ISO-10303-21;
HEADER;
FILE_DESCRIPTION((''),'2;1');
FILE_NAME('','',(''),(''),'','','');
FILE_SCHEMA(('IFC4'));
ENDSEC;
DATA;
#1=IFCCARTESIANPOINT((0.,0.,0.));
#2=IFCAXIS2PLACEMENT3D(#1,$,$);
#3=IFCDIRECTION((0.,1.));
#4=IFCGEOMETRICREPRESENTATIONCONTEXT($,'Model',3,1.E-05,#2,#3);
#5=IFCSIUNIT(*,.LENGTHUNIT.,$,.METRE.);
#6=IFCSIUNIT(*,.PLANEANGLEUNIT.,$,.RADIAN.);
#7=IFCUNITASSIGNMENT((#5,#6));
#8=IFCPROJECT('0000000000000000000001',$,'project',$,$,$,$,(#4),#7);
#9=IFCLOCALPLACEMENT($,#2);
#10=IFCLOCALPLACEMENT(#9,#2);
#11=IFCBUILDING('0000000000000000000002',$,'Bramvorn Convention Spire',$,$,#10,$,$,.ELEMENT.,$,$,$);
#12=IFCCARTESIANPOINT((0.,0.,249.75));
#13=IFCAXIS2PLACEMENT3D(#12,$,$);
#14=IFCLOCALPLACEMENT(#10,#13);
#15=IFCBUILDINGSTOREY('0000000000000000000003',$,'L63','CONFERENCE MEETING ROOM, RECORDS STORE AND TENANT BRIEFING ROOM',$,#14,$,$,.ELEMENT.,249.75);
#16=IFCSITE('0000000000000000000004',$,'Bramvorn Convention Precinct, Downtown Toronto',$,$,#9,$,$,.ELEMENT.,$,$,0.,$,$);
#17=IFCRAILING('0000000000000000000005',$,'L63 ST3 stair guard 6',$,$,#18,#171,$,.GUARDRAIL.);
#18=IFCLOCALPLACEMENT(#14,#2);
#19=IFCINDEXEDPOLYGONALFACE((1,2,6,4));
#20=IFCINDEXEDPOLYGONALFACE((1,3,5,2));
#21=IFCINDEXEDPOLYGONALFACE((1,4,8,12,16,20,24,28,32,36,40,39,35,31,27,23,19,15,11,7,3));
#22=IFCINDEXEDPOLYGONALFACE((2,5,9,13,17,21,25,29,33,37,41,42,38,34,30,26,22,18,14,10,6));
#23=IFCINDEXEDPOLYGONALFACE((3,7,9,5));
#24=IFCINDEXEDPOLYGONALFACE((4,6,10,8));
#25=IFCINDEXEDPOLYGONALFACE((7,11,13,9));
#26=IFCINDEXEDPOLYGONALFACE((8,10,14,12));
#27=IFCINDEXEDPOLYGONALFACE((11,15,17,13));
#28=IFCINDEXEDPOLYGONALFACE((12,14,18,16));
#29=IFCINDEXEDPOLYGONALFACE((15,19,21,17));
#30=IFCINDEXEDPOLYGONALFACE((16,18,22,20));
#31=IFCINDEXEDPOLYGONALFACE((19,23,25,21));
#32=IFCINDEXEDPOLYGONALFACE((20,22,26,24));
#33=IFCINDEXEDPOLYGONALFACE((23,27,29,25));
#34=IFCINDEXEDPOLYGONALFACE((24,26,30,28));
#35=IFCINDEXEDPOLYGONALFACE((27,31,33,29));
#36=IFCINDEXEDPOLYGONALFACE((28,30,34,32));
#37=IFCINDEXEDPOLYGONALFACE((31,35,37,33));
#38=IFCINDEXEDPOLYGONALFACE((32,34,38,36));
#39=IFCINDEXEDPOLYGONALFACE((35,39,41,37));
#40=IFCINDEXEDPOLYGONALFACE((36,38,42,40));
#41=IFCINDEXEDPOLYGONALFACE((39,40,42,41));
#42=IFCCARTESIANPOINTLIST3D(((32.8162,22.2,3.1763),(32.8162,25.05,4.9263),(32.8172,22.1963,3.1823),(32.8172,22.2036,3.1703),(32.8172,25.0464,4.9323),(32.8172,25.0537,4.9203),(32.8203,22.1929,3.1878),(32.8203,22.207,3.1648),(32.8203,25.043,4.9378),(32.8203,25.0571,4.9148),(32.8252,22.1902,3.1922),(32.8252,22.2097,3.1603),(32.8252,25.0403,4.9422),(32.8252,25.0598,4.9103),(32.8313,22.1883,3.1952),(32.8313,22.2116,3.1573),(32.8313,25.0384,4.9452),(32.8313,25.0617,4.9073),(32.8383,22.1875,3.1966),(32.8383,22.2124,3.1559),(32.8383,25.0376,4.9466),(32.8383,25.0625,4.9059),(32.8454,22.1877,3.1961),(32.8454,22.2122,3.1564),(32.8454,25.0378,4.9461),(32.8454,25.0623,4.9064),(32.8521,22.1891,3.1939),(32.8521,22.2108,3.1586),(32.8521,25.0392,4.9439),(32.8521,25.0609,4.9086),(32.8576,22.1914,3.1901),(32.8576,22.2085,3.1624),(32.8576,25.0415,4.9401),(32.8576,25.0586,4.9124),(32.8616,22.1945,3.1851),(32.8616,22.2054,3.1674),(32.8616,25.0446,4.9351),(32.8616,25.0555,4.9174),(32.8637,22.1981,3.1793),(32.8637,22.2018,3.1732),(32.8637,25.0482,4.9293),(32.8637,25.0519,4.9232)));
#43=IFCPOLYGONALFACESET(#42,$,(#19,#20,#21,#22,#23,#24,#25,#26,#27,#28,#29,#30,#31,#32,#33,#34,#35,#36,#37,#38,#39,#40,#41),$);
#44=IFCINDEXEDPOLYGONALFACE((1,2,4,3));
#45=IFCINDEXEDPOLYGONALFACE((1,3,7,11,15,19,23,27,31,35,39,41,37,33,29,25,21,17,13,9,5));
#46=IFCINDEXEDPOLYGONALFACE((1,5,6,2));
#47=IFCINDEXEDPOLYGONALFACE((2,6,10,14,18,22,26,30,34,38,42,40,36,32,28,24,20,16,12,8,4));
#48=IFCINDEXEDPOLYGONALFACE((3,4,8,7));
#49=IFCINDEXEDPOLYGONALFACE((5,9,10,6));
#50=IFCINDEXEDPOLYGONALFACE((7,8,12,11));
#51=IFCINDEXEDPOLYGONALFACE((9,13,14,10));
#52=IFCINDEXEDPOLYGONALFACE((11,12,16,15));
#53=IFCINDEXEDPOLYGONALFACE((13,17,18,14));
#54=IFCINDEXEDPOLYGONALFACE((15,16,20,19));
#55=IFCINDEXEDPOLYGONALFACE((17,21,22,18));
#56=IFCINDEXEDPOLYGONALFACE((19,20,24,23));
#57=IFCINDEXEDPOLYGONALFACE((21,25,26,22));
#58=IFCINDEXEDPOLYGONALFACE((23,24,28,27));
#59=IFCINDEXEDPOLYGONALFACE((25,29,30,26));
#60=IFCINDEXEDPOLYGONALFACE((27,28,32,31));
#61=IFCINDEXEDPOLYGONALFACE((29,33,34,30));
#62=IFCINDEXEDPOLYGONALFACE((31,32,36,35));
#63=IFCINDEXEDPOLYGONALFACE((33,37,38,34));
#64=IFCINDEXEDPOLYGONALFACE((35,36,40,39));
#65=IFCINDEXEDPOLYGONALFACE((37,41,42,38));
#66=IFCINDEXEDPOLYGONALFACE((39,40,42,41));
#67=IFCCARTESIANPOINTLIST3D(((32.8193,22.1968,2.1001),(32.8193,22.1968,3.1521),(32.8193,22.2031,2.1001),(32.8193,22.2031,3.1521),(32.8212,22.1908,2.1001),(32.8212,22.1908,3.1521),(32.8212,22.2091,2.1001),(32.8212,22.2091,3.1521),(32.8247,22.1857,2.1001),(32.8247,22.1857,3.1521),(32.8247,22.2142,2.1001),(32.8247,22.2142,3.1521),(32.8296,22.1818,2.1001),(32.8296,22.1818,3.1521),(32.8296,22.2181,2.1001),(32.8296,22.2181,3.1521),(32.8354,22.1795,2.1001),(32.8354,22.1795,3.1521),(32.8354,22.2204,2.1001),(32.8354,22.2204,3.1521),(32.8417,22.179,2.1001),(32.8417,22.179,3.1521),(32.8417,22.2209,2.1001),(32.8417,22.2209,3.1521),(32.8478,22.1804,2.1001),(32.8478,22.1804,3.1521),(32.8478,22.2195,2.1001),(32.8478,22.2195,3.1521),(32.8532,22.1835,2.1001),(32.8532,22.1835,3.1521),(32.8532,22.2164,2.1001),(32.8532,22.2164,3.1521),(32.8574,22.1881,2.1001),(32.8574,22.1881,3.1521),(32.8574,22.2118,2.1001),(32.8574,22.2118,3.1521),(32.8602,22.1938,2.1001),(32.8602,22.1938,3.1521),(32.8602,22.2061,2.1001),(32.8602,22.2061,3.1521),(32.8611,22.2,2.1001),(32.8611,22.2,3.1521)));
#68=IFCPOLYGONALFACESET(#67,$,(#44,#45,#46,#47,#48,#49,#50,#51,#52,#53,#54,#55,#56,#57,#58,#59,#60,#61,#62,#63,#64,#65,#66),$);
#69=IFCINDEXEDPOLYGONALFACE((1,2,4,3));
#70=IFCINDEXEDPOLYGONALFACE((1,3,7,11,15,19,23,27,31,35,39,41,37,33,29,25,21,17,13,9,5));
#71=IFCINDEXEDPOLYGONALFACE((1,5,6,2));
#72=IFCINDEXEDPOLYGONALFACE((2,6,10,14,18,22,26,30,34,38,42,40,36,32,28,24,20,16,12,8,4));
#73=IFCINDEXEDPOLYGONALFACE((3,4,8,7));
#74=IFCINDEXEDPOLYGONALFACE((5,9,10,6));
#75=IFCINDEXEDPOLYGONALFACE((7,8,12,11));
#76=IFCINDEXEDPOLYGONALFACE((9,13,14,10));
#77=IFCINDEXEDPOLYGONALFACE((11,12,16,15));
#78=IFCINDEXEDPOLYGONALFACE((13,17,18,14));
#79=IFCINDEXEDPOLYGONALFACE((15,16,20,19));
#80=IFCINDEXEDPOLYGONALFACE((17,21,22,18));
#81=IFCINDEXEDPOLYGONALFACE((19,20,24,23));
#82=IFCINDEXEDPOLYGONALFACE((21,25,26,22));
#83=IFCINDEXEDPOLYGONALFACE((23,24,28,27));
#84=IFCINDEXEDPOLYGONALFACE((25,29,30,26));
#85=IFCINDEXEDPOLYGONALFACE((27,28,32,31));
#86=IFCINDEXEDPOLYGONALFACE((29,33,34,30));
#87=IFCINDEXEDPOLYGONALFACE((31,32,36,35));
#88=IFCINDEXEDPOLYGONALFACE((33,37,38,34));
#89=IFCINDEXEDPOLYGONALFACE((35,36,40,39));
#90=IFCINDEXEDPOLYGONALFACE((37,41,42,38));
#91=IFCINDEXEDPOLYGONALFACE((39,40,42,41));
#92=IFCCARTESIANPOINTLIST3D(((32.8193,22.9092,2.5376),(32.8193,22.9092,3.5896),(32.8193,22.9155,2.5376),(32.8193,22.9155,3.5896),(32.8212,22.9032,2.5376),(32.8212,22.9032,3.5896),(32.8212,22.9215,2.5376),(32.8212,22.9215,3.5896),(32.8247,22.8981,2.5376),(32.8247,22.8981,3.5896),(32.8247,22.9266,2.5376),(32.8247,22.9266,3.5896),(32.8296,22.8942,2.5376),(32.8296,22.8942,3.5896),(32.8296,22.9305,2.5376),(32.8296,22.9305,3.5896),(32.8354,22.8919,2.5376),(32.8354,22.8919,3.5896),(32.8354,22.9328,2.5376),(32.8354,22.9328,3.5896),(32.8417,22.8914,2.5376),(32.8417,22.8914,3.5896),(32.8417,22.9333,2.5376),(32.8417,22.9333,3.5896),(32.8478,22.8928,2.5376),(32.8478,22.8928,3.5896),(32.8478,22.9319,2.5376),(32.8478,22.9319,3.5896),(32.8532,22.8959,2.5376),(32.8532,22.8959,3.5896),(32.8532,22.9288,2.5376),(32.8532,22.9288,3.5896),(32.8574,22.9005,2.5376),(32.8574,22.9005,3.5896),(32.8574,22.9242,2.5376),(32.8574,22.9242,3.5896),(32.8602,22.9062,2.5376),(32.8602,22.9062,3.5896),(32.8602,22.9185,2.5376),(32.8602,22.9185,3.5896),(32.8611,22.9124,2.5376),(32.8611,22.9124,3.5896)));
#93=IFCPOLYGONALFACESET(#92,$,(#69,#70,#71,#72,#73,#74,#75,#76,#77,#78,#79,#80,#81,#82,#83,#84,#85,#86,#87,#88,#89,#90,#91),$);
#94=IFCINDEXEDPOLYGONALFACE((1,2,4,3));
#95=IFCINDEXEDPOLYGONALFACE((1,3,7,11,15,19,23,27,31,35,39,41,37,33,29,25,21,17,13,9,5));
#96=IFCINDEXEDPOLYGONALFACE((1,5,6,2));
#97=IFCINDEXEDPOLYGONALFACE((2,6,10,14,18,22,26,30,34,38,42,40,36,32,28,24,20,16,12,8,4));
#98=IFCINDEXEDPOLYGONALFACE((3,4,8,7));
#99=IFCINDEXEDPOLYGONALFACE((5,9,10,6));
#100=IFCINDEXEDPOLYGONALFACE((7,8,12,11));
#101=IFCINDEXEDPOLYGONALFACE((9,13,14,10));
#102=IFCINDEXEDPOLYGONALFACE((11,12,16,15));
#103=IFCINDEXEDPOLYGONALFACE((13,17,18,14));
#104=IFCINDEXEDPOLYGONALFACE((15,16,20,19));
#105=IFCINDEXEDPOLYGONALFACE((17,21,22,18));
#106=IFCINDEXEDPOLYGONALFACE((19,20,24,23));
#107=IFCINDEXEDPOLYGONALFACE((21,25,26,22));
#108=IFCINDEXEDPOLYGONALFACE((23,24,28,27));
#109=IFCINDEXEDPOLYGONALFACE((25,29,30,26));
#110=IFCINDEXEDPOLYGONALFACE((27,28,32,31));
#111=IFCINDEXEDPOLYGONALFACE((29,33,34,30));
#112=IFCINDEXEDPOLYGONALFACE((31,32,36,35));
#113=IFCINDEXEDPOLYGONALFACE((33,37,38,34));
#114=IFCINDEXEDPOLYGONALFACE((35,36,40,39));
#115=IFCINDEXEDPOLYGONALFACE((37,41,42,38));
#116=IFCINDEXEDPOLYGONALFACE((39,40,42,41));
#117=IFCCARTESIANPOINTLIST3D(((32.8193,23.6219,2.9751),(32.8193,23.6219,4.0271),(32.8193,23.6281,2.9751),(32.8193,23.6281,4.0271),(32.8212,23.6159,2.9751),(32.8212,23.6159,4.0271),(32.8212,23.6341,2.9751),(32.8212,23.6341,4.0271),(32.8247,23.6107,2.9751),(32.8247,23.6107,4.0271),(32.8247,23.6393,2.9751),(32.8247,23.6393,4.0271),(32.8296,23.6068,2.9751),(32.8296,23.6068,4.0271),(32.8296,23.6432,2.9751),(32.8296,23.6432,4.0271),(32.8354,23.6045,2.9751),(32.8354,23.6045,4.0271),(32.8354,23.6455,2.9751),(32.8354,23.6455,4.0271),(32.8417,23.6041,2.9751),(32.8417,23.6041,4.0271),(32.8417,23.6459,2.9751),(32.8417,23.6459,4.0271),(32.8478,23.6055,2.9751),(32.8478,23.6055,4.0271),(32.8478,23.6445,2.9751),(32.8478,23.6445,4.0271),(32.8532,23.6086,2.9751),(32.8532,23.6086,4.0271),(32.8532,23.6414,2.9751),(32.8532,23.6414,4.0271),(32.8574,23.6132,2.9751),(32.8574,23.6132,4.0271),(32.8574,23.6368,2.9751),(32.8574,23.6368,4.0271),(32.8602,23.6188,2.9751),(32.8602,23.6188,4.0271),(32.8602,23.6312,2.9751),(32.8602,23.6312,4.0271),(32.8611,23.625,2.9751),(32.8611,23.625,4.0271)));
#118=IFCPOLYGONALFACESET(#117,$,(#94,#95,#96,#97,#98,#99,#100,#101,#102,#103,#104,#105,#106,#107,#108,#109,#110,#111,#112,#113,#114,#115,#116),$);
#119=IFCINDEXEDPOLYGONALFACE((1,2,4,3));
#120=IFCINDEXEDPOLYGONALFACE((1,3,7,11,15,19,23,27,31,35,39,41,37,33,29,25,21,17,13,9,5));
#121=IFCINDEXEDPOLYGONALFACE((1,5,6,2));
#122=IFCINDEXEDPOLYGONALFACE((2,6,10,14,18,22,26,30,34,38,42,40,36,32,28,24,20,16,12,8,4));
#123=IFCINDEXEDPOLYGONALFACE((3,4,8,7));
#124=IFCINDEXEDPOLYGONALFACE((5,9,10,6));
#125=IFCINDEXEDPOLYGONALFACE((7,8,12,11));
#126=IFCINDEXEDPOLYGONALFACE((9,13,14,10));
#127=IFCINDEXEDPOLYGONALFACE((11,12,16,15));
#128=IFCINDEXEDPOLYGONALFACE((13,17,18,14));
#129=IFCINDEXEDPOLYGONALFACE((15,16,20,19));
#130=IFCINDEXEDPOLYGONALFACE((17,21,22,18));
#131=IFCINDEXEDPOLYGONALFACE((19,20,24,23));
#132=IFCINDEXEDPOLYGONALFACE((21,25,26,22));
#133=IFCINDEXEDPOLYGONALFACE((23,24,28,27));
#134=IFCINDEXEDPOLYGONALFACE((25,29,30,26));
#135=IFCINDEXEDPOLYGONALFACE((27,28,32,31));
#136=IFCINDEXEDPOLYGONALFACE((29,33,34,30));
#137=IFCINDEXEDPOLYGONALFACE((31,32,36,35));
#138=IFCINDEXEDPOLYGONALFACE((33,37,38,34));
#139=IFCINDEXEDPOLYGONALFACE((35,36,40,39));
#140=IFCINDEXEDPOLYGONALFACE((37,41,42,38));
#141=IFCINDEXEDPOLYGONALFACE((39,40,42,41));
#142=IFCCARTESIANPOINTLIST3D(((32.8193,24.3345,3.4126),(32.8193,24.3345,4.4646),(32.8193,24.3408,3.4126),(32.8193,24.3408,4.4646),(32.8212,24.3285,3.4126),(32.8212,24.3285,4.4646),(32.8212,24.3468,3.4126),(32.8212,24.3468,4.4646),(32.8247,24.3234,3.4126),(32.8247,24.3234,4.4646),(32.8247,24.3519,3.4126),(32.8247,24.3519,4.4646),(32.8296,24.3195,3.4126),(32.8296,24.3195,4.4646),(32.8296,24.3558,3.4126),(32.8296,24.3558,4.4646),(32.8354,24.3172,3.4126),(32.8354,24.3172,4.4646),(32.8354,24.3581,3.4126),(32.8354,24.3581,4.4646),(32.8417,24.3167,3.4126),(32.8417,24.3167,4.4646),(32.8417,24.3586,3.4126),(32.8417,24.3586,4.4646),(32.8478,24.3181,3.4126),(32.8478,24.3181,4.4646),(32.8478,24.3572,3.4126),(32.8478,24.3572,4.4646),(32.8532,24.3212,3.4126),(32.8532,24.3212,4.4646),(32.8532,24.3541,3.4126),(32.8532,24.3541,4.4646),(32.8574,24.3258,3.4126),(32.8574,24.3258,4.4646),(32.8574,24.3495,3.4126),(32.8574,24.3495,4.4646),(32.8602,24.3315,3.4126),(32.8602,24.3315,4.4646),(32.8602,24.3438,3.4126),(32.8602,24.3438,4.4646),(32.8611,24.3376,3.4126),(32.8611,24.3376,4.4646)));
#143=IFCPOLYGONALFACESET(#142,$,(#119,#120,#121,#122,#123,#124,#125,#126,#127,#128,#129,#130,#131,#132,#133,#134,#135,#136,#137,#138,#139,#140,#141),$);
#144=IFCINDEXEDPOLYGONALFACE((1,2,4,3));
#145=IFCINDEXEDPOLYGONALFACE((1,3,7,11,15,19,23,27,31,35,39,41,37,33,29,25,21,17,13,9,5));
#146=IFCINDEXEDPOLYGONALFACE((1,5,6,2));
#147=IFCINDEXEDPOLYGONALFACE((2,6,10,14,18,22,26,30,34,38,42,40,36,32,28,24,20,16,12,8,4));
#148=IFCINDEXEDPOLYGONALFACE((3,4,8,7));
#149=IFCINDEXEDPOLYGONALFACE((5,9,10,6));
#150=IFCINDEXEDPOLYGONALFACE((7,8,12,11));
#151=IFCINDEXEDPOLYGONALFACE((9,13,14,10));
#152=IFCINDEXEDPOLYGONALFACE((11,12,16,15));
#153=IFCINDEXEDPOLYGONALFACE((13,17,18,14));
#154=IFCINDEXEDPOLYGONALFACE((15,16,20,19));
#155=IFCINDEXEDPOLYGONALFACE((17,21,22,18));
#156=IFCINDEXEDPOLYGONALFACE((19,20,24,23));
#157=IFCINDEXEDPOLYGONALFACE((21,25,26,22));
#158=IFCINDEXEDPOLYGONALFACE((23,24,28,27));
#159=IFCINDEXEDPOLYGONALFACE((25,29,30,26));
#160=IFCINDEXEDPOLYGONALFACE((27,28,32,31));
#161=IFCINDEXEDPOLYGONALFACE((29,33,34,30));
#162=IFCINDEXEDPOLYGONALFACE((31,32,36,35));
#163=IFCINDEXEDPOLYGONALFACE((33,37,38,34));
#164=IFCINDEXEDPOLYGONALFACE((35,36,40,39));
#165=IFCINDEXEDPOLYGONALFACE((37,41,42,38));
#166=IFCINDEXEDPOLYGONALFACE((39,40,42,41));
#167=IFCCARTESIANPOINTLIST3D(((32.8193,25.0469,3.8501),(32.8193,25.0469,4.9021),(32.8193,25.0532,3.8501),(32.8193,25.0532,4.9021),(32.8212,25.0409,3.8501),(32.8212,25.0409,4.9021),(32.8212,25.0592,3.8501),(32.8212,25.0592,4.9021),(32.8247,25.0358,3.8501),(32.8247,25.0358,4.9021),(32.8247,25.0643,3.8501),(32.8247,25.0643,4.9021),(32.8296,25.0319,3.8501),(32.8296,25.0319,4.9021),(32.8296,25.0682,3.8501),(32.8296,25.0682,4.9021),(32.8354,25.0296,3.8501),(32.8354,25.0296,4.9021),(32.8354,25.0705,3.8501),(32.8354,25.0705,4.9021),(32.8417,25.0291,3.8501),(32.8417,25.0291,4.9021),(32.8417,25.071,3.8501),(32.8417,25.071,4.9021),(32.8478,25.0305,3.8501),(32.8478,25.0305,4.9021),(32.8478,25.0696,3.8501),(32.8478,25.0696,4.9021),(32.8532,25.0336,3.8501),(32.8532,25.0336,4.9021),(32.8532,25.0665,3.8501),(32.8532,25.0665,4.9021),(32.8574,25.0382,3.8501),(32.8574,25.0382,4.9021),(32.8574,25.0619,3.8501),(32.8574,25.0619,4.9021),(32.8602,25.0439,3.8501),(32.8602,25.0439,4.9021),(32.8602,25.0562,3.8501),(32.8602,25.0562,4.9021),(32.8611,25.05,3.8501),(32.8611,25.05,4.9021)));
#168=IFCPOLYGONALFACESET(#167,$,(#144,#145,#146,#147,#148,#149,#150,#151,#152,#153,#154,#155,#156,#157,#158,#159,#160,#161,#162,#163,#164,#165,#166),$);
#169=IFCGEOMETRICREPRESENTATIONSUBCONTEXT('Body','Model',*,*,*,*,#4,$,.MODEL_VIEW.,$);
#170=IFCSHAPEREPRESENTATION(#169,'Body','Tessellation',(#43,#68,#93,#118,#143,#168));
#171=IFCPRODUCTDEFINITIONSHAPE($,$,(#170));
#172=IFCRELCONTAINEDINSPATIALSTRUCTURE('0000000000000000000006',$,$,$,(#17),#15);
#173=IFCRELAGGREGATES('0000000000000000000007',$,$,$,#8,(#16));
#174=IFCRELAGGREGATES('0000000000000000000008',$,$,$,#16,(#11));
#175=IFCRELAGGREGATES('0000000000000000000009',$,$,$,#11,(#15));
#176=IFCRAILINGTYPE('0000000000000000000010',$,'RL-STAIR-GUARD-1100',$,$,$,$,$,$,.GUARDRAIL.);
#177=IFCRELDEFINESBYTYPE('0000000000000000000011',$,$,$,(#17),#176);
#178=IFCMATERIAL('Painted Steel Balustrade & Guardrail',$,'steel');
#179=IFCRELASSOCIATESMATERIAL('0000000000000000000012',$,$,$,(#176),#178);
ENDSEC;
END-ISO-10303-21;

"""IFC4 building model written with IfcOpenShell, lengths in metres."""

from ifc_helpers import new_model, si_unit, direction, frame, origin, origin_2d, place, context, subcontext, project, spatial, circle, extrude, material, type_object, element, save


model = new_model("IFC4")

# Units and contexts
model_context = context("Model", 3, precision=1e-05, world=origin(), true_north=direction((0.0, 1.0)))
body_context = subcontext(model_context, "Body", "Model", "MODEL_VIEW")
ifc_project = project(units=[si_unit("LENGTHUNIT", "METRE"), si_unit("PLANEANGLEUNIT", "RADIAN")], contexts=[model_context])

# Site, building, storey
site_placement = place(None, origin())
site = spatial("IfcSite", under=ifc_project, at=site_placement, Name="Bramvorn Convention Precinct, Downtown Toronto", CompositionType="ELEMENT", RefElevation=0.0)
building_placement = place(site_placement, origin())
building = spatial("IfcBuilding", under=site, at=building_placement, Name="Bramvorn Convention Spire", CompositionType="ELEMENT")
storey_placement = place(building_placement, frame((0.0, 0.0, 249.75)))
storey = spatial("IfcBuildingStorey", under=building, at=storey_placement, Name="L63", Description="CONFERENCE MEETING ROOM, RECORDS STORE AND TENANT BRIEFING ROOM", CompositionType="ELEMENT", Elevation=249.75)

# Railing
ifc_material_1 = material(Name="Painted Steel Balustrade & Guardrail", Category="steel")
railing_type_1 = type_object("IfcRailingType", Name="RL-STAIR-GUARD-1100", PredefinedType="GUARDRAIL", material=ifc_material_1)
railing_1_placement = place(storey_placement, frame((32.8401, 22.2, 2.1001)))
element("IfcRailing", 1, at=railing_1_placement, inside=storey, type_object=railing_type_1, Name="L63 ST3 stair guard 6", PredefinedType="GUARDRAIL", context=body_context, shape_type="SweptSolid", body=[
    extrude(circle(Radius=0.0239, at=origin_2d()), frame((0.0, 0.0, 1.0762), z_axis=(0.0, 0.852179, 0.52325), x_axis=(-1.0, 0.0, 0.0)), (0.0, 0.0, 1.0), 3.3445),
    extrude(circle(Radius=0.021, at=origin_2d()), origin(), (0.0, 0.0, 1.0), 1.052),
    extrude(circle(Radius=0.021, at=origin_2d()), frame((0.0, 0.7124, 0.4375)), (0.0, 0.0, 1.0), 1.052),
    extrude(circle(Radius=0.021, at=origin_2d()), frame((0.0, 1.425, 0.875)), (0.0, 0.0, 1.0), 1.052),
    extrude(circle(Radius=0.021, at=origin_2d()), frame((0.0, 2.1377, 1.3125)), (0.0, 0.0, 1.0), 1.052),
    extrude(circle(Radius=0.021, at=origin_2d()), frame((0.0, 2.8501, 1.75)), (0.0, 0.0, 1.0), 1.052),
])

save(model, "model.ifc")
